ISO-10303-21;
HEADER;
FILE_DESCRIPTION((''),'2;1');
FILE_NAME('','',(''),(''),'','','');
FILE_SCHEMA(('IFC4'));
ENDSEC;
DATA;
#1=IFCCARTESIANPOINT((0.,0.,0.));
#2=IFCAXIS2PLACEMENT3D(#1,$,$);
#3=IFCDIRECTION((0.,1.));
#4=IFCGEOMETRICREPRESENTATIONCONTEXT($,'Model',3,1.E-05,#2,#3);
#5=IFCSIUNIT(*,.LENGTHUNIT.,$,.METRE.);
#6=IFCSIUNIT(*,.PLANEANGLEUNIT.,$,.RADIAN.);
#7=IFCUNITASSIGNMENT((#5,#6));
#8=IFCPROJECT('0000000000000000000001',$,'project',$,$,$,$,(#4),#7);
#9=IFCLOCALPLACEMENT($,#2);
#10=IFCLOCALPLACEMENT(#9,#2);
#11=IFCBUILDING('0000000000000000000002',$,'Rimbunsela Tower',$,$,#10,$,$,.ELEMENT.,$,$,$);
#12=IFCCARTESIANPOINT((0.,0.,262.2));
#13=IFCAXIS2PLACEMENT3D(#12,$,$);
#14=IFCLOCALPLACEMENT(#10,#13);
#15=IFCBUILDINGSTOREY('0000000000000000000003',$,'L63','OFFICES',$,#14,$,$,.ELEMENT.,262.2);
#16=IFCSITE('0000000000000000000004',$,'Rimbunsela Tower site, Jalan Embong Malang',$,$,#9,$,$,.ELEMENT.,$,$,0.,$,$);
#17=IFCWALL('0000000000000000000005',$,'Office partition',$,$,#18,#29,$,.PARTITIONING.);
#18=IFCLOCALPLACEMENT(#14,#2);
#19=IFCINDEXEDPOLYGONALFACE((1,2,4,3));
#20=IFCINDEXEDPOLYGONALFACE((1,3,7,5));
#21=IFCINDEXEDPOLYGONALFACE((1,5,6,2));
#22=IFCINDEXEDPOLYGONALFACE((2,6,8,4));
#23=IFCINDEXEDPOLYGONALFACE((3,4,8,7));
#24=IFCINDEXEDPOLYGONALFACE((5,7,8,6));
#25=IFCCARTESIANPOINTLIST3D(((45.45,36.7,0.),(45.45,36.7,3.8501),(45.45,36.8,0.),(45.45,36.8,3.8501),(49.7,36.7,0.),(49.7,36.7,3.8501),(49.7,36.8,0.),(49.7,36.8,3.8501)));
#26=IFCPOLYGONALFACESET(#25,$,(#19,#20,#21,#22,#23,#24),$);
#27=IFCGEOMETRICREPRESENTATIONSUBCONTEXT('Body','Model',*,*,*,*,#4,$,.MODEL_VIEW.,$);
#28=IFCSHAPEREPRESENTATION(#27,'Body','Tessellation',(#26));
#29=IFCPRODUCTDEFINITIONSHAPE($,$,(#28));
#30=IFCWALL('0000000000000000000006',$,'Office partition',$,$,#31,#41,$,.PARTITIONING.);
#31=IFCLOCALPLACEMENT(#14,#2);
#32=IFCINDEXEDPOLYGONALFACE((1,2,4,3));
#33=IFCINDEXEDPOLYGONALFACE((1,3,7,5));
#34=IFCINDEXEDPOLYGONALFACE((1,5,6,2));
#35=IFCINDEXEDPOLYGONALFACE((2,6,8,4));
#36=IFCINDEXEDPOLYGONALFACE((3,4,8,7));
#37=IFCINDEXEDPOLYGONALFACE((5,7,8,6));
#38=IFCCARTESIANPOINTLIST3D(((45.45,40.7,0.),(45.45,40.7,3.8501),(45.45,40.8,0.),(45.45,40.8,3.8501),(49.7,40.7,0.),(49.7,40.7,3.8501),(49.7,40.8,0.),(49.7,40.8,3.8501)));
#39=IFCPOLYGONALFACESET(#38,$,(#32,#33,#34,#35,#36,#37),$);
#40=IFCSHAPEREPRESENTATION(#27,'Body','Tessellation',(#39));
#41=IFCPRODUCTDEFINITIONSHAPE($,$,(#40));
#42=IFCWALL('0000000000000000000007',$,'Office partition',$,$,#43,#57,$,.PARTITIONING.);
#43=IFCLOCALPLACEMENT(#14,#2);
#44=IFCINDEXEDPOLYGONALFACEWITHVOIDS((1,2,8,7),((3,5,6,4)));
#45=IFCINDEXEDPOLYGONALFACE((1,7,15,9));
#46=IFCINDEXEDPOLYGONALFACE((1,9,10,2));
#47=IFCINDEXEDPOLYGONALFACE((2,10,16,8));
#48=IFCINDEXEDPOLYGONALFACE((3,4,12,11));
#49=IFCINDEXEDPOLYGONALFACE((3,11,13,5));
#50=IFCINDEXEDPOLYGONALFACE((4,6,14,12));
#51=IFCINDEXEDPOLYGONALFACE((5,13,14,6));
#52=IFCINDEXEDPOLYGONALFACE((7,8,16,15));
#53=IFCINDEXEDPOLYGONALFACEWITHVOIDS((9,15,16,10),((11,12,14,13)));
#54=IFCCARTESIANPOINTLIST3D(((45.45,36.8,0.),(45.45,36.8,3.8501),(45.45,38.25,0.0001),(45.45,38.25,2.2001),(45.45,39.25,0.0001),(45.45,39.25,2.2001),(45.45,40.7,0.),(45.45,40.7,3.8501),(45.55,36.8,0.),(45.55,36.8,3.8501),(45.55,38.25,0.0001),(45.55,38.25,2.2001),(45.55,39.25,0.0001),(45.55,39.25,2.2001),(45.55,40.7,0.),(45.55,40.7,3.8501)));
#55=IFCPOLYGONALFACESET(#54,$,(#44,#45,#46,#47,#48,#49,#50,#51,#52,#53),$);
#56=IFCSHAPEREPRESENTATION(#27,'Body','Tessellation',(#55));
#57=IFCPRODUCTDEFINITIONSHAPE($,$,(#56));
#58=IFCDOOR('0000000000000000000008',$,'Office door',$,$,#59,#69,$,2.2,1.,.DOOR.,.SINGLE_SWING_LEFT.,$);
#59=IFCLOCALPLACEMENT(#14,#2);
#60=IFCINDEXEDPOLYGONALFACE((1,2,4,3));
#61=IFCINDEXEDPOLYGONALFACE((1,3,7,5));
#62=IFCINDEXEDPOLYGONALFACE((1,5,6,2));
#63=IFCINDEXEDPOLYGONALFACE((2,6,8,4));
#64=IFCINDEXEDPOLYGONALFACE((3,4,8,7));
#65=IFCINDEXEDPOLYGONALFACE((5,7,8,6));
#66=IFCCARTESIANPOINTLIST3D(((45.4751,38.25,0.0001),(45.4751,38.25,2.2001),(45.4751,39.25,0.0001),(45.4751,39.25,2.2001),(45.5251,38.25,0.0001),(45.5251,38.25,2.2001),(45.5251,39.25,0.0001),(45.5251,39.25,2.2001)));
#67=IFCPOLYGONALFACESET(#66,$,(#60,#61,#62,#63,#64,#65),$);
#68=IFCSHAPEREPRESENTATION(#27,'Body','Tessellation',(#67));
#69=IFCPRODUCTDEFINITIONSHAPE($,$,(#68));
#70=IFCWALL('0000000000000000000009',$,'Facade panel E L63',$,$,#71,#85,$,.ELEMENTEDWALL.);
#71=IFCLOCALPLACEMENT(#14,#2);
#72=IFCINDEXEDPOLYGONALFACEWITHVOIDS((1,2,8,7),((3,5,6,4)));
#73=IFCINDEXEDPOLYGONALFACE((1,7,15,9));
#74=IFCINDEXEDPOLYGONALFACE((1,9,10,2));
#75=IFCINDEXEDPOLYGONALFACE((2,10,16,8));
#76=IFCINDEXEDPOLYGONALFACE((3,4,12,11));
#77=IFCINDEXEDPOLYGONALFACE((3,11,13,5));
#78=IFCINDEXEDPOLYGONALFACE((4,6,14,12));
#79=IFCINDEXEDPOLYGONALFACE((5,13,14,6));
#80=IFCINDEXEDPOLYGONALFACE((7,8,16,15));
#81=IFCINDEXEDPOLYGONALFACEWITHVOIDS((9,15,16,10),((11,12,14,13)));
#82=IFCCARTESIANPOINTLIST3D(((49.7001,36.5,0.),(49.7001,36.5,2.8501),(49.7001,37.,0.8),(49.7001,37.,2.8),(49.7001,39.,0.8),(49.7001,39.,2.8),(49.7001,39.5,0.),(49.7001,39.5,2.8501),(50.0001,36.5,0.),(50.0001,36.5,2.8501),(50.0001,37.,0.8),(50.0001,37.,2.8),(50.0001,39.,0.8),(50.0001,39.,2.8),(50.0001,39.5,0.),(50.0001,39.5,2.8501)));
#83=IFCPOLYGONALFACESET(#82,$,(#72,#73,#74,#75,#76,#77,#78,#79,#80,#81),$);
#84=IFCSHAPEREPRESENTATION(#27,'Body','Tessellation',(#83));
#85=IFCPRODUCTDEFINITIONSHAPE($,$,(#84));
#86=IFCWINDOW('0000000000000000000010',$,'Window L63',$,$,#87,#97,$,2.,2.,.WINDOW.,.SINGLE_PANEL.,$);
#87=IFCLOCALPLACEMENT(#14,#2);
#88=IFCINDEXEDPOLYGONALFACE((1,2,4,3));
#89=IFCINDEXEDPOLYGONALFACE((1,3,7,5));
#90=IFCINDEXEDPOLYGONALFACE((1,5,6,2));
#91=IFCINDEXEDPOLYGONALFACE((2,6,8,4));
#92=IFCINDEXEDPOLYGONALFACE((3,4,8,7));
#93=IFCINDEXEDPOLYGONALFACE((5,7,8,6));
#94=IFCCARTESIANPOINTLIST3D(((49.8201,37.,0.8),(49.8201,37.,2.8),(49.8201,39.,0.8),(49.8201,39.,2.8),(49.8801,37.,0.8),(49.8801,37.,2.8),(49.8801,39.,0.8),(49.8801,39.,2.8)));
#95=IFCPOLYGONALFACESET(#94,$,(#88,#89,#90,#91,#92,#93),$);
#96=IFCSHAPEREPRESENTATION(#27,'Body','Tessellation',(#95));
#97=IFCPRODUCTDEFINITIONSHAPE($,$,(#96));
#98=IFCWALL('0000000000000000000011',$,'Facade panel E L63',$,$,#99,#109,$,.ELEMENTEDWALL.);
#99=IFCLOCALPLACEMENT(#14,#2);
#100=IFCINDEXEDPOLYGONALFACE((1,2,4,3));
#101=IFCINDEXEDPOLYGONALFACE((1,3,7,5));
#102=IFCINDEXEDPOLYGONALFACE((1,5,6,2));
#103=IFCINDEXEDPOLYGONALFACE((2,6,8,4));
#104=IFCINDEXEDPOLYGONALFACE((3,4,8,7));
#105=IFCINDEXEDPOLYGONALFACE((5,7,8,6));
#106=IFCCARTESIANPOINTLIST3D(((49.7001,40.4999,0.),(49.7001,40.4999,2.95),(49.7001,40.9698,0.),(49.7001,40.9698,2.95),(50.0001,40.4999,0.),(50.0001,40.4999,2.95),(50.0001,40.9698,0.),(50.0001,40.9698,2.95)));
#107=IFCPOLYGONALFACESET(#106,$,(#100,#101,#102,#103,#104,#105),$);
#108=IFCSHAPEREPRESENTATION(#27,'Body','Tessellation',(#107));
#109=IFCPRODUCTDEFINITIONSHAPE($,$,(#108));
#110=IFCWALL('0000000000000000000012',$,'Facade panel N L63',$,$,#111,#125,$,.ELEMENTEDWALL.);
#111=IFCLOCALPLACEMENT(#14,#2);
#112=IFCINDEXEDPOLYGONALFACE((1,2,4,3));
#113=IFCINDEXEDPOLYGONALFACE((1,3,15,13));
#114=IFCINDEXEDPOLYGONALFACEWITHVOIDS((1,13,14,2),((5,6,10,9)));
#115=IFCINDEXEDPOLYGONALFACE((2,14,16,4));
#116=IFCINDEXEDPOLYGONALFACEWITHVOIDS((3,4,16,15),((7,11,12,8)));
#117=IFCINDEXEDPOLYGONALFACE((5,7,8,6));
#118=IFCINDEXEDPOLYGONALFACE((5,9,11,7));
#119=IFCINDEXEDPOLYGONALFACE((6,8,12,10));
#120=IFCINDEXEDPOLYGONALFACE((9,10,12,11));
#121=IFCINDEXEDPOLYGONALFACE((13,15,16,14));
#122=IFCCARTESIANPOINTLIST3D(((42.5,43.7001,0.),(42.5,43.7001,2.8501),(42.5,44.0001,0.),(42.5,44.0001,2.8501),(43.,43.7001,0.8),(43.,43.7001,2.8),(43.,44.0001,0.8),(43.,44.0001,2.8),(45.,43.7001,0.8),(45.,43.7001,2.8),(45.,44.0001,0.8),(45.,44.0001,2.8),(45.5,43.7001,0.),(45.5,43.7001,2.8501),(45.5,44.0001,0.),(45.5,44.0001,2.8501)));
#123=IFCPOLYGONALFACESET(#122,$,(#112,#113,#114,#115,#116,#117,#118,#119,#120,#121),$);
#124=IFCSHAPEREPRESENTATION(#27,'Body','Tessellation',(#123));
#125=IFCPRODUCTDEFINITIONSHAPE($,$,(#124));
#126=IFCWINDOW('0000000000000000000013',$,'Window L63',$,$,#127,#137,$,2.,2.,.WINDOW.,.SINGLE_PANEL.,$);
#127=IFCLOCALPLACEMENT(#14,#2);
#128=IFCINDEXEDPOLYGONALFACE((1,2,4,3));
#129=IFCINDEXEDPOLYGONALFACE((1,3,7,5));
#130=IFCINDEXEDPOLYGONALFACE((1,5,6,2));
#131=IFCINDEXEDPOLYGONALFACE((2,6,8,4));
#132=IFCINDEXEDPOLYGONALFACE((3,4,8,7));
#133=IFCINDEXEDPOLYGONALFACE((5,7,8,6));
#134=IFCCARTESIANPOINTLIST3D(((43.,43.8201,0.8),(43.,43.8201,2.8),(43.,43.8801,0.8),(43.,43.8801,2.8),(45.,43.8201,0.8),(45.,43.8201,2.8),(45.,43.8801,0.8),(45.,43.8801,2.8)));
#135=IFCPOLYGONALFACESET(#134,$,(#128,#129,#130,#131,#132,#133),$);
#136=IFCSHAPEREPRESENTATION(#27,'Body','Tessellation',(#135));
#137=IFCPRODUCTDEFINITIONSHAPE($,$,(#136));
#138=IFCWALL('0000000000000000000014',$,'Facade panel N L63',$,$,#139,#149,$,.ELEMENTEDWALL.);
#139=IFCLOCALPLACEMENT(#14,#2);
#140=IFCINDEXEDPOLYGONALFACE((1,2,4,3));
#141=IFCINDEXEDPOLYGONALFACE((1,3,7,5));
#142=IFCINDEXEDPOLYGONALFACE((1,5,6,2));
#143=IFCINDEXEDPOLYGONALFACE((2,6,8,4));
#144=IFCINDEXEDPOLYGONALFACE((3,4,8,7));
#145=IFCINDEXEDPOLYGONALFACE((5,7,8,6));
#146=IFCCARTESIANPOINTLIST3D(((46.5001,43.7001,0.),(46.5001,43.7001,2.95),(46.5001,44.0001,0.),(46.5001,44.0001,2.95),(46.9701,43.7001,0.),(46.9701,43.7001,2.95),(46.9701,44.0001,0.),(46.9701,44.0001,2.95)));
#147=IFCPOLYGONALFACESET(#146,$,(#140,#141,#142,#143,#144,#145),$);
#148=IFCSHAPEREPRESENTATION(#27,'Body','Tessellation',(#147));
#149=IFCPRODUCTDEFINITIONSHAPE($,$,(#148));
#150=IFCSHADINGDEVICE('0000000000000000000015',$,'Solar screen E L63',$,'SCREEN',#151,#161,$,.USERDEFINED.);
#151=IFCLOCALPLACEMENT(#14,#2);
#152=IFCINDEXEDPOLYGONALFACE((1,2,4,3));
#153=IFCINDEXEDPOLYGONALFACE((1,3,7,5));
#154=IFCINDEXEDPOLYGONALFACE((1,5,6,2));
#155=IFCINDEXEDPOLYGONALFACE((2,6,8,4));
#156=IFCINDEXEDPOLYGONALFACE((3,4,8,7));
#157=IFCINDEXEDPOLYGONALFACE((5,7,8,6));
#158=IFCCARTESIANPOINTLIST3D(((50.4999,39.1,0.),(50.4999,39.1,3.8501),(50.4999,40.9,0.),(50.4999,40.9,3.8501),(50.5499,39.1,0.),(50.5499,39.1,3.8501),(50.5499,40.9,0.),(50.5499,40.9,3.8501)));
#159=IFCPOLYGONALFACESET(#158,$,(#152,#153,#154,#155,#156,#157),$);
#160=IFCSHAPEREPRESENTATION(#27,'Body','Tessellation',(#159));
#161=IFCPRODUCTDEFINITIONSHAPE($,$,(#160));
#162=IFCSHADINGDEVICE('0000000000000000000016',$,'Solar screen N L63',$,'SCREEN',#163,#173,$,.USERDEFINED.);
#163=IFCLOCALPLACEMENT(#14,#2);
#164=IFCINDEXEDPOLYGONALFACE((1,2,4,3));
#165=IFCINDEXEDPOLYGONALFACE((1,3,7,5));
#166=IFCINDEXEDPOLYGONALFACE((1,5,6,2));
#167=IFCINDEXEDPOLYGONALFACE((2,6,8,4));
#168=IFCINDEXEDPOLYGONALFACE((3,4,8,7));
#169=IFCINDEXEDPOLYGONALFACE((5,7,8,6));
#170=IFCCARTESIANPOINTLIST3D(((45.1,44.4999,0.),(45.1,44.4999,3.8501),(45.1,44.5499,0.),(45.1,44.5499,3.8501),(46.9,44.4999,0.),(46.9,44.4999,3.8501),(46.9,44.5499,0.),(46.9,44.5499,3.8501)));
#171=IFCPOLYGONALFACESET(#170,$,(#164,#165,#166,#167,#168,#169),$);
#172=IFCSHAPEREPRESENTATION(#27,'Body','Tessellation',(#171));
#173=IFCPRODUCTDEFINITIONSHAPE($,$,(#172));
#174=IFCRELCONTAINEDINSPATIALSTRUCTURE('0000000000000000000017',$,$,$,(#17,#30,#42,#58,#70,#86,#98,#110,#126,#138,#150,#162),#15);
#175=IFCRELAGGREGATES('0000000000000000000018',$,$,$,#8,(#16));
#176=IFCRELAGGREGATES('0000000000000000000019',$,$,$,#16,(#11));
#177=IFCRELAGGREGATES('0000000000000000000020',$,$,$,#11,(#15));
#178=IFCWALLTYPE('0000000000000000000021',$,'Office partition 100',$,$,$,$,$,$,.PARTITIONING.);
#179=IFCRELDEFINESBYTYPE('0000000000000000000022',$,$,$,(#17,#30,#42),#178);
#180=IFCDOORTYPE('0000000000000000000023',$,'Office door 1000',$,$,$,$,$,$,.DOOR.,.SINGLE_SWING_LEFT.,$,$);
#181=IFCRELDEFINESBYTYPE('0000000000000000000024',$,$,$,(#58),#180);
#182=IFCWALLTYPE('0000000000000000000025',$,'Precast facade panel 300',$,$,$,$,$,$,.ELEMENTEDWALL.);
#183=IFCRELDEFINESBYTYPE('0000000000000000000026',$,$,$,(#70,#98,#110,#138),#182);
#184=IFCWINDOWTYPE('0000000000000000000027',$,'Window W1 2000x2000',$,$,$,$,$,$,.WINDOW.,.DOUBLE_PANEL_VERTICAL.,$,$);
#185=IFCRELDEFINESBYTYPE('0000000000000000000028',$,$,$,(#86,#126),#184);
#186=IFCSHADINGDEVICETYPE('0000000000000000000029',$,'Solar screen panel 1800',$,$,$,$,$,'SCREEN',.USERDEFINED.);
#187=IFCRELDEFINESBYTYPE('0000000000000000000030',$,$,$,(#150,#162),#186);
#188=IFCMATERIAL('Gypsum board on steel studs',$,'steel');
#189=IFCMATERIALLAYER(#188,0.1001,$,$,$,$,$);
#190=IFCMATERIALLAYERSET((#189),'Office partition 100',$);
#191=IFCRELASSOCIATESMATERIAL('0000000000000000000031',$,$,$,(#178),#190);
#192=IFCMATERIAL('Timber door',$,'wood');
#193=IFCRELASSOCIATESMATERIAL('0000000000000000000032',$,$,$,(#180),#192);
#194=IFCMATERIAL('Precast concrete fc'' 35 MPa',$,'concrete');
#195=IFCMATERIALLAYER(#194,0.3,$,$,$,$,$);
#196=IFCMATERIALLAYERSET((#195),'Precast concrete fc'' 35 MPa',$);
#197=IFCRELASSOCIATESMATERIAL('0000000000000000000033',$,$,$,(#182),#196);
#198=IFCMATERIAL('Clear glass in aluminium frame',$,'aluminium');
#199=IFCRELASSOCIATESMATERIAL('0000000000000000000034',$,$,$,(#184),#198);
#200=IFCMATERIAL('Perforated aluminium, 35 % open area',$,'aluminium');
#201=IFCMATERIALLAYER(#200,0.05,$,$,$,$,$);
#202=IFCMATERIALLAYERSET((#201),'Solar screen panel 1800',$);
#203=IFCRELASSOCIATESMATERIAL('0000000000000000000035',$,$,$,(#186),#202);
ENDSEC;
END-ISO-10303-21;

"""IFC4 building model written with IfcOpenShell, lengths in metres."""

from ifc_helpers import new_model, si_unit, direction, frame, frame_2d, origin, origin_2d, place, context, subcontext, project, spatial, rectangle, extrude, material, layer, layer_set, type_object, element, fill, save


model = new_model("IFC4")

# Units and contexts
model_context = context("Model", 3, precision=1e-05, world=origin(), true_north=direction((0.0, 1.0)))
body_context = subcontext(model_context, "Body", "Model", "MODEL_VIEW")
ifc_project = project(units=[si_unit("LENGTHUNIT", "METRE"), si_unit("PLANEANGLEUNIT", "RADIAN")], contexts=[model_context])

# Site, building, storey
site_placement = place(None, origin())
site = spatial("IfcSite", under=ifc_project, at=site_placement, Name="Rimbunsela Tower site, Jalan Embong Malang", CompositionType="ELEMENT", RefElevation=0.0)
building_placement = place(site_placement, origin())
building = spatial("IfcBuilding", under=site, at=building_placement, Name="Rimbunsela Tower", CompositionType="ELEMENT")
storey_placement = place(building_placement, frame((0.0, 0.0, 262.2)))
storey = spatial("IfcBuildingStorey", under=building, at=storey_placement, Name="L63", Description="OFFICES", CompositionType="ELEMENT", Elevation=262.2)

# Walls
ifc_material_1 = material(Name="Gypsum board on steel studs", Category="steel")
ifc_layer_1 = layer(ifc_material_1, 0.1001)
ifc_layer_set_1 = layer_set([ifc_layer_1], Name="Office partition 100")
wall_type_1 = type_object("IfcWallType", Name="Office partition 100", PredefinedType="PARTITIONING", material=ifc_layer_set_1)
for number, where, z_axis, x_axis, name in (
    (1, (45.45, 36.75, 0.0), (0.0, 0.0, 1.0), (1.0, 0.0, 0.0), "Office partition"),
    (2, (45.45, 40.75, 0.0), (0.0, 0.0, 1.0), (1.0, 0.0, 0.0), "Office partition"),
):
    element("IfcWall", number, at=place(storey_placement, frame(where, z_axis=z_axis, x_axis=x_axis)), inside=storey, type_object=wall_type_1, Name=name, PredefinedType="PARTITIONING", context=body_context, shape_type="SweptSolid", body=[
        extrude(rectangle(XDim=4.25, YDim=0.1001, at=frame_2d((2.125, 0.0))), origin(), (0.0, 0.0, 1.0), 3.8501),
    ])

# Wall, opening, door
wall_1_placement = place(storey_placement, frame((45.5, 36.8, 0.0), z_axis=(0.0, 0.0, 1.0), x_axis=(0.0, 1.0, 0.0)))
wall_1 = element("IfcWall", 3, at=wall_1_placement, inside=storey, type_object=wall_type_1, Name="Office partition", PredefinedType="PARTITIONING", context=body_context, shape_type="SweptSolid", body=[
    extrude(rectangle(XDim=3.8999, YDim=0.1001, at=frame_2d((1.95, 0.0))), origin(), (0.0, 0.0, 1.0), 3.8501),
])
opening_1_placement = place(wall_1_placement, frame((1.45, 0.0, 0.0)))
opening_1 = element("IfcOpeningElement", 4, at=opening_1_placement, cuts=wall_1, PredefinedType="OPENING", context=body_context, shape_type="SweptSolid", body=[
    extrude(rectangle(XDim=1.0, YDim=2.2, at=frame_2d((0.5, 1.1001))), frame((0.0, 0.0601, 0.0), z_axis=(0.0, -1.0, 0.0), x_axis=(1.0, 0.0, 0.0)), (0.0, 0.0, 1.0), 0.1201),
])
ifc_material_2 = material(Name="Timber door", Category="wood")
door_type = type_object("IfcDoorType", Name="Office door 1000", OperationType="SINGLE_SWING_LEFT", PredefinedType="DOOR", material=ifc_material_2)
door_placement = place(opening_1_placement, origin())
door = element("IfcDoor", 5, at=door_placement, inside=storey, type_object=door_type, Name="Office door", OperationType="SINGLE_SWING_LEFT", OverallHeight=2.2, OverallWidth=1.0, PredefinedType="DOOR", context=body_context, shape_type="SweptSolid", body=[
    extrude(rectangle(XDim=1.0, YDim=2.2, at=frame_2d((0.5, 1.1001))), frame((0.0, 0.0249, 0.0), z_axis=(0.0, -1.0, 0.0), x_axis=(1.0, 0.0, 0.0)), (0.0, 0.0, 1.0), 0.05),
])
fill(opening_1, door)

# Wall, opening, window
ifc_material_3 = material(Name="Precast concrete fc' 35 MPa", Category="concrete")
ifc_layer_2 = layer(ifc_material_3, 0.3)
ifc_layer_set_2 = layer_set([ifc_layer_2], Name="Precast concrete fc' 35 MPa")
wall_type_2 = type_object("IfcWallType", Name="Precast facade panel 300", PredefinedType="ELEMENTEDWALL", material=ifc_layer_set_2)
wall_2_placement = place(storey_placement, frame((49.8501, 36.5, 0.0), z_axis=(0.0, 0.0, 1.0), x_axis=(0.0, 1.0, 0.0)))
wall_2 = element("IfcWall", 6, at=wall_2_placement, inside=storey, type_object=wall_type_2, Name="Facade panel E L63", PredefinedType="ELEMENTEDWALL", context=body_context, shape_type="SweptSolid", body=[
    extrude(rectangle(XDim=3.0, YDim=0.3, at=frame_2d((1.5, 0.0))), origin(), (0.0, 0.0, 1.0), 2.8501),
])
opening_2_placement = place(wall_2_placement, frame((0.5, 0.0, 0.8)))
opening_2 = element("IfcOpeningElement", 7, at=opening_2_placement, cuts=wall_2, PredefinedType="OPENING", context=body_context, shape_type="SweptSolid", body=[
    extrude(rectangle(XDim=2.0, YDim=2.0, at=frame_2d((1.0, 1.0))), frame((0.0, 0.1599, 0.0), z_axis=(0.0, -1.0, 0.0), x_axis=(1.0, 0.0, 0.0)), (0.0, 0.0, 1.0), 0.3201),
])
ifc_material_4 = material(Name="Clear glass in aluminium frame", Category="aluminium")
window_type = type_object("IfcWindowType", Name="Window W1 2000x2000", PartitioningType="DOUBLE_PANEL_VERTICAL", PredefinedType="WINDOW", material=ifc_material_4)
window_1_placement = place(opening_2_placement, origin())
window_1 = element("IfcWindow", 8, at=window_1_placement, inside=storey, type_object=window_type, Name="Window L63", OverallHeight=2.0, OverallWidth=2.0, PartitioningType="SINGLE_PANEL", PredefinedType="WINDOW", context=body_context, shape_type="SweptSolid", body=[
    extrude(rectangle(XDim=2.0, YDim=2.0, at=frame_2d((1.0, 1.0))), frame((0.0, 0.03, 0.0), z_axis=(0.0, -1.0, 0.0), x_axis=(1.0, 0.0, 0.0)), (0.0, 0.0, 1.0), 0.0601),
])
fill(opening_2, window_1)

# Wall
wall_3_placement = place(storey_placement, frame((49.8501, 40.5, 0.0), z_axis=(0.0, 0.0, 1.0), x_axis=(0.0, 1.0, 0.0)))
element("IfcWall", 9, at=wall_3_placement, inside=storey, type_object=wall_type_2, Name="Facade panel E L63", PredefinedType="ELEMENTEDWALL", context=body_context, shape_type="SweptSolid", body=[
    extrude(rectangle(XDim=0.47, YDim=0.3, at=frame_2d((0.2349, 0.0))), origin(), (0.0, 0.0, 1.0), 2.95),
])

# Wall, opening, window
wall_4_placement = place(storey_placement, frame((45.5, 43.8501, 0.0), z_axis=(0.0, 0.0, 1.0), x_axis=(-1.0, 0.0, 0.0)))
wall_4 = element("IfcWall", 10, at=wall_4_placement, inside=storey, type_object=wall_type_2, Name="Facade panel N L63", PredefinedType="ELEMENTEDWALL", context=body_context, shape_type="SweptSolid", body=[
    extrude(rectangle(XDim=3.0, YDim=0.3, at=frame_2d((1.5, 0.0))), origin(), (0.0, 0.0, 1.0), 2.8501),
])
opening_3_placement = place(wall_4_placement, frame((0.5, 0.0, 0.8)))
opening_3 = element("IfcOpeningElement", 11, at=opening_3_placement, cuts=wall_4, PredefinedType="OPENING", context=body_context, shape_type="SweptSolid", body=[
    extrude(rectangle(XDim=2.0, YDim=2.0, at=frame_2d((1.0, 1.0))), frame((0.0, 0.1599, 0.0), z_axis=(0.0, -1.0, 0.0), x_axis=(1.0, 0.0, 0.0)), (0.0, 0.0, 1.0), 0.3201),
])
window_2_placement = place(opening_3_placement, origin())
window_2 = element("IfcWindow", 12, at=window_2_placement, inside=storey, type_object=window_type, Name="Window L63", OverallHeight=2.0, OverallWidth=2.0, PartitioningType="SINGLE_PANEL", PredefinedType="WINDOW", context=body_context, shape_type="SweptSolid", body=[
    extrude(rectangle(XDim=2.0, YDim=2.0, at=frame_2d((1.0, 1.0))), frame((0.0, 0.03, 0.0), z_axis=(0.0, -1.0, 0.0), x_axis=(1.0, 0.0, 0.0)), (0.0, 0.0, 1.0), 0.0601),
])
fill(opening_3, window_2)

# Wall
wall_5_placement = place(storey_placement, frame((46.97, 43.8501, 0.0), z_axis=(0.0, 0.0, 1.0), x_axis=(-1.0, 0.0, 0.0)))
element("IfcWall", 13, at=wall_5_placement, inside=storey, type_object=wall_type_2, Name="Facade panel N L63", PredefinedType="ELEMENTEDWALL", context=body_context, shape_type="SweptSolid", body=[
    extrude(rectangle(XDim=0.47, YDim=0.3, at=frame_2d((0.2349, 0.0))), origin(), (0.0, 0.0, 1.0), 2.95),
])

# Shading devices
ifc_material_5 = material(Name="Perforated aluminium, 35 % open area", Category="aluminium")
ifc_layer_3 = layer(ifc_material_5, 0.05)
ifc_layer_set_3 = layer_set([ifc_layer_3], Name="Solar screen panel 1800")
shading_device_type = type_object("IfcShadingDeviceType", Name="Solar screen panel 1800", ElementType="SCREEN", PredefinedType="USERDEFINED", material=ifc_layer_set_3)
for number, where, z_axis, x_axis, name in (
    (14, (50.5249, 40.0, 0.0), (0.0, 0.0, 1.0), (0.0, 1.0, 0.0), "Solar screen E L63"),
    (15, (46.0, 44.5249, 0.0), (0.0, 0.0, 1.0), (1.0, 0.0, 0.0), "Solar screen N L63"),
):
    element("IfcShadingDevice", number, at=place(storey_placement, frame(where, z_axis=z_axis, x_axis=x_axis)), inside=storey, type_object=shading_device_type, Name=name, ObjectType="SCREEN", PredefinedType="USERDEFINED", context=body_context, shape_type="SweptSolid", body=[
        extrude(rectangle(XDim=1.8, YDim=0.05, at=origin_2d()), origin(), (0.0, 0.0, 1.0), 3.8501),
    ])

save(model, "model.ifc")
